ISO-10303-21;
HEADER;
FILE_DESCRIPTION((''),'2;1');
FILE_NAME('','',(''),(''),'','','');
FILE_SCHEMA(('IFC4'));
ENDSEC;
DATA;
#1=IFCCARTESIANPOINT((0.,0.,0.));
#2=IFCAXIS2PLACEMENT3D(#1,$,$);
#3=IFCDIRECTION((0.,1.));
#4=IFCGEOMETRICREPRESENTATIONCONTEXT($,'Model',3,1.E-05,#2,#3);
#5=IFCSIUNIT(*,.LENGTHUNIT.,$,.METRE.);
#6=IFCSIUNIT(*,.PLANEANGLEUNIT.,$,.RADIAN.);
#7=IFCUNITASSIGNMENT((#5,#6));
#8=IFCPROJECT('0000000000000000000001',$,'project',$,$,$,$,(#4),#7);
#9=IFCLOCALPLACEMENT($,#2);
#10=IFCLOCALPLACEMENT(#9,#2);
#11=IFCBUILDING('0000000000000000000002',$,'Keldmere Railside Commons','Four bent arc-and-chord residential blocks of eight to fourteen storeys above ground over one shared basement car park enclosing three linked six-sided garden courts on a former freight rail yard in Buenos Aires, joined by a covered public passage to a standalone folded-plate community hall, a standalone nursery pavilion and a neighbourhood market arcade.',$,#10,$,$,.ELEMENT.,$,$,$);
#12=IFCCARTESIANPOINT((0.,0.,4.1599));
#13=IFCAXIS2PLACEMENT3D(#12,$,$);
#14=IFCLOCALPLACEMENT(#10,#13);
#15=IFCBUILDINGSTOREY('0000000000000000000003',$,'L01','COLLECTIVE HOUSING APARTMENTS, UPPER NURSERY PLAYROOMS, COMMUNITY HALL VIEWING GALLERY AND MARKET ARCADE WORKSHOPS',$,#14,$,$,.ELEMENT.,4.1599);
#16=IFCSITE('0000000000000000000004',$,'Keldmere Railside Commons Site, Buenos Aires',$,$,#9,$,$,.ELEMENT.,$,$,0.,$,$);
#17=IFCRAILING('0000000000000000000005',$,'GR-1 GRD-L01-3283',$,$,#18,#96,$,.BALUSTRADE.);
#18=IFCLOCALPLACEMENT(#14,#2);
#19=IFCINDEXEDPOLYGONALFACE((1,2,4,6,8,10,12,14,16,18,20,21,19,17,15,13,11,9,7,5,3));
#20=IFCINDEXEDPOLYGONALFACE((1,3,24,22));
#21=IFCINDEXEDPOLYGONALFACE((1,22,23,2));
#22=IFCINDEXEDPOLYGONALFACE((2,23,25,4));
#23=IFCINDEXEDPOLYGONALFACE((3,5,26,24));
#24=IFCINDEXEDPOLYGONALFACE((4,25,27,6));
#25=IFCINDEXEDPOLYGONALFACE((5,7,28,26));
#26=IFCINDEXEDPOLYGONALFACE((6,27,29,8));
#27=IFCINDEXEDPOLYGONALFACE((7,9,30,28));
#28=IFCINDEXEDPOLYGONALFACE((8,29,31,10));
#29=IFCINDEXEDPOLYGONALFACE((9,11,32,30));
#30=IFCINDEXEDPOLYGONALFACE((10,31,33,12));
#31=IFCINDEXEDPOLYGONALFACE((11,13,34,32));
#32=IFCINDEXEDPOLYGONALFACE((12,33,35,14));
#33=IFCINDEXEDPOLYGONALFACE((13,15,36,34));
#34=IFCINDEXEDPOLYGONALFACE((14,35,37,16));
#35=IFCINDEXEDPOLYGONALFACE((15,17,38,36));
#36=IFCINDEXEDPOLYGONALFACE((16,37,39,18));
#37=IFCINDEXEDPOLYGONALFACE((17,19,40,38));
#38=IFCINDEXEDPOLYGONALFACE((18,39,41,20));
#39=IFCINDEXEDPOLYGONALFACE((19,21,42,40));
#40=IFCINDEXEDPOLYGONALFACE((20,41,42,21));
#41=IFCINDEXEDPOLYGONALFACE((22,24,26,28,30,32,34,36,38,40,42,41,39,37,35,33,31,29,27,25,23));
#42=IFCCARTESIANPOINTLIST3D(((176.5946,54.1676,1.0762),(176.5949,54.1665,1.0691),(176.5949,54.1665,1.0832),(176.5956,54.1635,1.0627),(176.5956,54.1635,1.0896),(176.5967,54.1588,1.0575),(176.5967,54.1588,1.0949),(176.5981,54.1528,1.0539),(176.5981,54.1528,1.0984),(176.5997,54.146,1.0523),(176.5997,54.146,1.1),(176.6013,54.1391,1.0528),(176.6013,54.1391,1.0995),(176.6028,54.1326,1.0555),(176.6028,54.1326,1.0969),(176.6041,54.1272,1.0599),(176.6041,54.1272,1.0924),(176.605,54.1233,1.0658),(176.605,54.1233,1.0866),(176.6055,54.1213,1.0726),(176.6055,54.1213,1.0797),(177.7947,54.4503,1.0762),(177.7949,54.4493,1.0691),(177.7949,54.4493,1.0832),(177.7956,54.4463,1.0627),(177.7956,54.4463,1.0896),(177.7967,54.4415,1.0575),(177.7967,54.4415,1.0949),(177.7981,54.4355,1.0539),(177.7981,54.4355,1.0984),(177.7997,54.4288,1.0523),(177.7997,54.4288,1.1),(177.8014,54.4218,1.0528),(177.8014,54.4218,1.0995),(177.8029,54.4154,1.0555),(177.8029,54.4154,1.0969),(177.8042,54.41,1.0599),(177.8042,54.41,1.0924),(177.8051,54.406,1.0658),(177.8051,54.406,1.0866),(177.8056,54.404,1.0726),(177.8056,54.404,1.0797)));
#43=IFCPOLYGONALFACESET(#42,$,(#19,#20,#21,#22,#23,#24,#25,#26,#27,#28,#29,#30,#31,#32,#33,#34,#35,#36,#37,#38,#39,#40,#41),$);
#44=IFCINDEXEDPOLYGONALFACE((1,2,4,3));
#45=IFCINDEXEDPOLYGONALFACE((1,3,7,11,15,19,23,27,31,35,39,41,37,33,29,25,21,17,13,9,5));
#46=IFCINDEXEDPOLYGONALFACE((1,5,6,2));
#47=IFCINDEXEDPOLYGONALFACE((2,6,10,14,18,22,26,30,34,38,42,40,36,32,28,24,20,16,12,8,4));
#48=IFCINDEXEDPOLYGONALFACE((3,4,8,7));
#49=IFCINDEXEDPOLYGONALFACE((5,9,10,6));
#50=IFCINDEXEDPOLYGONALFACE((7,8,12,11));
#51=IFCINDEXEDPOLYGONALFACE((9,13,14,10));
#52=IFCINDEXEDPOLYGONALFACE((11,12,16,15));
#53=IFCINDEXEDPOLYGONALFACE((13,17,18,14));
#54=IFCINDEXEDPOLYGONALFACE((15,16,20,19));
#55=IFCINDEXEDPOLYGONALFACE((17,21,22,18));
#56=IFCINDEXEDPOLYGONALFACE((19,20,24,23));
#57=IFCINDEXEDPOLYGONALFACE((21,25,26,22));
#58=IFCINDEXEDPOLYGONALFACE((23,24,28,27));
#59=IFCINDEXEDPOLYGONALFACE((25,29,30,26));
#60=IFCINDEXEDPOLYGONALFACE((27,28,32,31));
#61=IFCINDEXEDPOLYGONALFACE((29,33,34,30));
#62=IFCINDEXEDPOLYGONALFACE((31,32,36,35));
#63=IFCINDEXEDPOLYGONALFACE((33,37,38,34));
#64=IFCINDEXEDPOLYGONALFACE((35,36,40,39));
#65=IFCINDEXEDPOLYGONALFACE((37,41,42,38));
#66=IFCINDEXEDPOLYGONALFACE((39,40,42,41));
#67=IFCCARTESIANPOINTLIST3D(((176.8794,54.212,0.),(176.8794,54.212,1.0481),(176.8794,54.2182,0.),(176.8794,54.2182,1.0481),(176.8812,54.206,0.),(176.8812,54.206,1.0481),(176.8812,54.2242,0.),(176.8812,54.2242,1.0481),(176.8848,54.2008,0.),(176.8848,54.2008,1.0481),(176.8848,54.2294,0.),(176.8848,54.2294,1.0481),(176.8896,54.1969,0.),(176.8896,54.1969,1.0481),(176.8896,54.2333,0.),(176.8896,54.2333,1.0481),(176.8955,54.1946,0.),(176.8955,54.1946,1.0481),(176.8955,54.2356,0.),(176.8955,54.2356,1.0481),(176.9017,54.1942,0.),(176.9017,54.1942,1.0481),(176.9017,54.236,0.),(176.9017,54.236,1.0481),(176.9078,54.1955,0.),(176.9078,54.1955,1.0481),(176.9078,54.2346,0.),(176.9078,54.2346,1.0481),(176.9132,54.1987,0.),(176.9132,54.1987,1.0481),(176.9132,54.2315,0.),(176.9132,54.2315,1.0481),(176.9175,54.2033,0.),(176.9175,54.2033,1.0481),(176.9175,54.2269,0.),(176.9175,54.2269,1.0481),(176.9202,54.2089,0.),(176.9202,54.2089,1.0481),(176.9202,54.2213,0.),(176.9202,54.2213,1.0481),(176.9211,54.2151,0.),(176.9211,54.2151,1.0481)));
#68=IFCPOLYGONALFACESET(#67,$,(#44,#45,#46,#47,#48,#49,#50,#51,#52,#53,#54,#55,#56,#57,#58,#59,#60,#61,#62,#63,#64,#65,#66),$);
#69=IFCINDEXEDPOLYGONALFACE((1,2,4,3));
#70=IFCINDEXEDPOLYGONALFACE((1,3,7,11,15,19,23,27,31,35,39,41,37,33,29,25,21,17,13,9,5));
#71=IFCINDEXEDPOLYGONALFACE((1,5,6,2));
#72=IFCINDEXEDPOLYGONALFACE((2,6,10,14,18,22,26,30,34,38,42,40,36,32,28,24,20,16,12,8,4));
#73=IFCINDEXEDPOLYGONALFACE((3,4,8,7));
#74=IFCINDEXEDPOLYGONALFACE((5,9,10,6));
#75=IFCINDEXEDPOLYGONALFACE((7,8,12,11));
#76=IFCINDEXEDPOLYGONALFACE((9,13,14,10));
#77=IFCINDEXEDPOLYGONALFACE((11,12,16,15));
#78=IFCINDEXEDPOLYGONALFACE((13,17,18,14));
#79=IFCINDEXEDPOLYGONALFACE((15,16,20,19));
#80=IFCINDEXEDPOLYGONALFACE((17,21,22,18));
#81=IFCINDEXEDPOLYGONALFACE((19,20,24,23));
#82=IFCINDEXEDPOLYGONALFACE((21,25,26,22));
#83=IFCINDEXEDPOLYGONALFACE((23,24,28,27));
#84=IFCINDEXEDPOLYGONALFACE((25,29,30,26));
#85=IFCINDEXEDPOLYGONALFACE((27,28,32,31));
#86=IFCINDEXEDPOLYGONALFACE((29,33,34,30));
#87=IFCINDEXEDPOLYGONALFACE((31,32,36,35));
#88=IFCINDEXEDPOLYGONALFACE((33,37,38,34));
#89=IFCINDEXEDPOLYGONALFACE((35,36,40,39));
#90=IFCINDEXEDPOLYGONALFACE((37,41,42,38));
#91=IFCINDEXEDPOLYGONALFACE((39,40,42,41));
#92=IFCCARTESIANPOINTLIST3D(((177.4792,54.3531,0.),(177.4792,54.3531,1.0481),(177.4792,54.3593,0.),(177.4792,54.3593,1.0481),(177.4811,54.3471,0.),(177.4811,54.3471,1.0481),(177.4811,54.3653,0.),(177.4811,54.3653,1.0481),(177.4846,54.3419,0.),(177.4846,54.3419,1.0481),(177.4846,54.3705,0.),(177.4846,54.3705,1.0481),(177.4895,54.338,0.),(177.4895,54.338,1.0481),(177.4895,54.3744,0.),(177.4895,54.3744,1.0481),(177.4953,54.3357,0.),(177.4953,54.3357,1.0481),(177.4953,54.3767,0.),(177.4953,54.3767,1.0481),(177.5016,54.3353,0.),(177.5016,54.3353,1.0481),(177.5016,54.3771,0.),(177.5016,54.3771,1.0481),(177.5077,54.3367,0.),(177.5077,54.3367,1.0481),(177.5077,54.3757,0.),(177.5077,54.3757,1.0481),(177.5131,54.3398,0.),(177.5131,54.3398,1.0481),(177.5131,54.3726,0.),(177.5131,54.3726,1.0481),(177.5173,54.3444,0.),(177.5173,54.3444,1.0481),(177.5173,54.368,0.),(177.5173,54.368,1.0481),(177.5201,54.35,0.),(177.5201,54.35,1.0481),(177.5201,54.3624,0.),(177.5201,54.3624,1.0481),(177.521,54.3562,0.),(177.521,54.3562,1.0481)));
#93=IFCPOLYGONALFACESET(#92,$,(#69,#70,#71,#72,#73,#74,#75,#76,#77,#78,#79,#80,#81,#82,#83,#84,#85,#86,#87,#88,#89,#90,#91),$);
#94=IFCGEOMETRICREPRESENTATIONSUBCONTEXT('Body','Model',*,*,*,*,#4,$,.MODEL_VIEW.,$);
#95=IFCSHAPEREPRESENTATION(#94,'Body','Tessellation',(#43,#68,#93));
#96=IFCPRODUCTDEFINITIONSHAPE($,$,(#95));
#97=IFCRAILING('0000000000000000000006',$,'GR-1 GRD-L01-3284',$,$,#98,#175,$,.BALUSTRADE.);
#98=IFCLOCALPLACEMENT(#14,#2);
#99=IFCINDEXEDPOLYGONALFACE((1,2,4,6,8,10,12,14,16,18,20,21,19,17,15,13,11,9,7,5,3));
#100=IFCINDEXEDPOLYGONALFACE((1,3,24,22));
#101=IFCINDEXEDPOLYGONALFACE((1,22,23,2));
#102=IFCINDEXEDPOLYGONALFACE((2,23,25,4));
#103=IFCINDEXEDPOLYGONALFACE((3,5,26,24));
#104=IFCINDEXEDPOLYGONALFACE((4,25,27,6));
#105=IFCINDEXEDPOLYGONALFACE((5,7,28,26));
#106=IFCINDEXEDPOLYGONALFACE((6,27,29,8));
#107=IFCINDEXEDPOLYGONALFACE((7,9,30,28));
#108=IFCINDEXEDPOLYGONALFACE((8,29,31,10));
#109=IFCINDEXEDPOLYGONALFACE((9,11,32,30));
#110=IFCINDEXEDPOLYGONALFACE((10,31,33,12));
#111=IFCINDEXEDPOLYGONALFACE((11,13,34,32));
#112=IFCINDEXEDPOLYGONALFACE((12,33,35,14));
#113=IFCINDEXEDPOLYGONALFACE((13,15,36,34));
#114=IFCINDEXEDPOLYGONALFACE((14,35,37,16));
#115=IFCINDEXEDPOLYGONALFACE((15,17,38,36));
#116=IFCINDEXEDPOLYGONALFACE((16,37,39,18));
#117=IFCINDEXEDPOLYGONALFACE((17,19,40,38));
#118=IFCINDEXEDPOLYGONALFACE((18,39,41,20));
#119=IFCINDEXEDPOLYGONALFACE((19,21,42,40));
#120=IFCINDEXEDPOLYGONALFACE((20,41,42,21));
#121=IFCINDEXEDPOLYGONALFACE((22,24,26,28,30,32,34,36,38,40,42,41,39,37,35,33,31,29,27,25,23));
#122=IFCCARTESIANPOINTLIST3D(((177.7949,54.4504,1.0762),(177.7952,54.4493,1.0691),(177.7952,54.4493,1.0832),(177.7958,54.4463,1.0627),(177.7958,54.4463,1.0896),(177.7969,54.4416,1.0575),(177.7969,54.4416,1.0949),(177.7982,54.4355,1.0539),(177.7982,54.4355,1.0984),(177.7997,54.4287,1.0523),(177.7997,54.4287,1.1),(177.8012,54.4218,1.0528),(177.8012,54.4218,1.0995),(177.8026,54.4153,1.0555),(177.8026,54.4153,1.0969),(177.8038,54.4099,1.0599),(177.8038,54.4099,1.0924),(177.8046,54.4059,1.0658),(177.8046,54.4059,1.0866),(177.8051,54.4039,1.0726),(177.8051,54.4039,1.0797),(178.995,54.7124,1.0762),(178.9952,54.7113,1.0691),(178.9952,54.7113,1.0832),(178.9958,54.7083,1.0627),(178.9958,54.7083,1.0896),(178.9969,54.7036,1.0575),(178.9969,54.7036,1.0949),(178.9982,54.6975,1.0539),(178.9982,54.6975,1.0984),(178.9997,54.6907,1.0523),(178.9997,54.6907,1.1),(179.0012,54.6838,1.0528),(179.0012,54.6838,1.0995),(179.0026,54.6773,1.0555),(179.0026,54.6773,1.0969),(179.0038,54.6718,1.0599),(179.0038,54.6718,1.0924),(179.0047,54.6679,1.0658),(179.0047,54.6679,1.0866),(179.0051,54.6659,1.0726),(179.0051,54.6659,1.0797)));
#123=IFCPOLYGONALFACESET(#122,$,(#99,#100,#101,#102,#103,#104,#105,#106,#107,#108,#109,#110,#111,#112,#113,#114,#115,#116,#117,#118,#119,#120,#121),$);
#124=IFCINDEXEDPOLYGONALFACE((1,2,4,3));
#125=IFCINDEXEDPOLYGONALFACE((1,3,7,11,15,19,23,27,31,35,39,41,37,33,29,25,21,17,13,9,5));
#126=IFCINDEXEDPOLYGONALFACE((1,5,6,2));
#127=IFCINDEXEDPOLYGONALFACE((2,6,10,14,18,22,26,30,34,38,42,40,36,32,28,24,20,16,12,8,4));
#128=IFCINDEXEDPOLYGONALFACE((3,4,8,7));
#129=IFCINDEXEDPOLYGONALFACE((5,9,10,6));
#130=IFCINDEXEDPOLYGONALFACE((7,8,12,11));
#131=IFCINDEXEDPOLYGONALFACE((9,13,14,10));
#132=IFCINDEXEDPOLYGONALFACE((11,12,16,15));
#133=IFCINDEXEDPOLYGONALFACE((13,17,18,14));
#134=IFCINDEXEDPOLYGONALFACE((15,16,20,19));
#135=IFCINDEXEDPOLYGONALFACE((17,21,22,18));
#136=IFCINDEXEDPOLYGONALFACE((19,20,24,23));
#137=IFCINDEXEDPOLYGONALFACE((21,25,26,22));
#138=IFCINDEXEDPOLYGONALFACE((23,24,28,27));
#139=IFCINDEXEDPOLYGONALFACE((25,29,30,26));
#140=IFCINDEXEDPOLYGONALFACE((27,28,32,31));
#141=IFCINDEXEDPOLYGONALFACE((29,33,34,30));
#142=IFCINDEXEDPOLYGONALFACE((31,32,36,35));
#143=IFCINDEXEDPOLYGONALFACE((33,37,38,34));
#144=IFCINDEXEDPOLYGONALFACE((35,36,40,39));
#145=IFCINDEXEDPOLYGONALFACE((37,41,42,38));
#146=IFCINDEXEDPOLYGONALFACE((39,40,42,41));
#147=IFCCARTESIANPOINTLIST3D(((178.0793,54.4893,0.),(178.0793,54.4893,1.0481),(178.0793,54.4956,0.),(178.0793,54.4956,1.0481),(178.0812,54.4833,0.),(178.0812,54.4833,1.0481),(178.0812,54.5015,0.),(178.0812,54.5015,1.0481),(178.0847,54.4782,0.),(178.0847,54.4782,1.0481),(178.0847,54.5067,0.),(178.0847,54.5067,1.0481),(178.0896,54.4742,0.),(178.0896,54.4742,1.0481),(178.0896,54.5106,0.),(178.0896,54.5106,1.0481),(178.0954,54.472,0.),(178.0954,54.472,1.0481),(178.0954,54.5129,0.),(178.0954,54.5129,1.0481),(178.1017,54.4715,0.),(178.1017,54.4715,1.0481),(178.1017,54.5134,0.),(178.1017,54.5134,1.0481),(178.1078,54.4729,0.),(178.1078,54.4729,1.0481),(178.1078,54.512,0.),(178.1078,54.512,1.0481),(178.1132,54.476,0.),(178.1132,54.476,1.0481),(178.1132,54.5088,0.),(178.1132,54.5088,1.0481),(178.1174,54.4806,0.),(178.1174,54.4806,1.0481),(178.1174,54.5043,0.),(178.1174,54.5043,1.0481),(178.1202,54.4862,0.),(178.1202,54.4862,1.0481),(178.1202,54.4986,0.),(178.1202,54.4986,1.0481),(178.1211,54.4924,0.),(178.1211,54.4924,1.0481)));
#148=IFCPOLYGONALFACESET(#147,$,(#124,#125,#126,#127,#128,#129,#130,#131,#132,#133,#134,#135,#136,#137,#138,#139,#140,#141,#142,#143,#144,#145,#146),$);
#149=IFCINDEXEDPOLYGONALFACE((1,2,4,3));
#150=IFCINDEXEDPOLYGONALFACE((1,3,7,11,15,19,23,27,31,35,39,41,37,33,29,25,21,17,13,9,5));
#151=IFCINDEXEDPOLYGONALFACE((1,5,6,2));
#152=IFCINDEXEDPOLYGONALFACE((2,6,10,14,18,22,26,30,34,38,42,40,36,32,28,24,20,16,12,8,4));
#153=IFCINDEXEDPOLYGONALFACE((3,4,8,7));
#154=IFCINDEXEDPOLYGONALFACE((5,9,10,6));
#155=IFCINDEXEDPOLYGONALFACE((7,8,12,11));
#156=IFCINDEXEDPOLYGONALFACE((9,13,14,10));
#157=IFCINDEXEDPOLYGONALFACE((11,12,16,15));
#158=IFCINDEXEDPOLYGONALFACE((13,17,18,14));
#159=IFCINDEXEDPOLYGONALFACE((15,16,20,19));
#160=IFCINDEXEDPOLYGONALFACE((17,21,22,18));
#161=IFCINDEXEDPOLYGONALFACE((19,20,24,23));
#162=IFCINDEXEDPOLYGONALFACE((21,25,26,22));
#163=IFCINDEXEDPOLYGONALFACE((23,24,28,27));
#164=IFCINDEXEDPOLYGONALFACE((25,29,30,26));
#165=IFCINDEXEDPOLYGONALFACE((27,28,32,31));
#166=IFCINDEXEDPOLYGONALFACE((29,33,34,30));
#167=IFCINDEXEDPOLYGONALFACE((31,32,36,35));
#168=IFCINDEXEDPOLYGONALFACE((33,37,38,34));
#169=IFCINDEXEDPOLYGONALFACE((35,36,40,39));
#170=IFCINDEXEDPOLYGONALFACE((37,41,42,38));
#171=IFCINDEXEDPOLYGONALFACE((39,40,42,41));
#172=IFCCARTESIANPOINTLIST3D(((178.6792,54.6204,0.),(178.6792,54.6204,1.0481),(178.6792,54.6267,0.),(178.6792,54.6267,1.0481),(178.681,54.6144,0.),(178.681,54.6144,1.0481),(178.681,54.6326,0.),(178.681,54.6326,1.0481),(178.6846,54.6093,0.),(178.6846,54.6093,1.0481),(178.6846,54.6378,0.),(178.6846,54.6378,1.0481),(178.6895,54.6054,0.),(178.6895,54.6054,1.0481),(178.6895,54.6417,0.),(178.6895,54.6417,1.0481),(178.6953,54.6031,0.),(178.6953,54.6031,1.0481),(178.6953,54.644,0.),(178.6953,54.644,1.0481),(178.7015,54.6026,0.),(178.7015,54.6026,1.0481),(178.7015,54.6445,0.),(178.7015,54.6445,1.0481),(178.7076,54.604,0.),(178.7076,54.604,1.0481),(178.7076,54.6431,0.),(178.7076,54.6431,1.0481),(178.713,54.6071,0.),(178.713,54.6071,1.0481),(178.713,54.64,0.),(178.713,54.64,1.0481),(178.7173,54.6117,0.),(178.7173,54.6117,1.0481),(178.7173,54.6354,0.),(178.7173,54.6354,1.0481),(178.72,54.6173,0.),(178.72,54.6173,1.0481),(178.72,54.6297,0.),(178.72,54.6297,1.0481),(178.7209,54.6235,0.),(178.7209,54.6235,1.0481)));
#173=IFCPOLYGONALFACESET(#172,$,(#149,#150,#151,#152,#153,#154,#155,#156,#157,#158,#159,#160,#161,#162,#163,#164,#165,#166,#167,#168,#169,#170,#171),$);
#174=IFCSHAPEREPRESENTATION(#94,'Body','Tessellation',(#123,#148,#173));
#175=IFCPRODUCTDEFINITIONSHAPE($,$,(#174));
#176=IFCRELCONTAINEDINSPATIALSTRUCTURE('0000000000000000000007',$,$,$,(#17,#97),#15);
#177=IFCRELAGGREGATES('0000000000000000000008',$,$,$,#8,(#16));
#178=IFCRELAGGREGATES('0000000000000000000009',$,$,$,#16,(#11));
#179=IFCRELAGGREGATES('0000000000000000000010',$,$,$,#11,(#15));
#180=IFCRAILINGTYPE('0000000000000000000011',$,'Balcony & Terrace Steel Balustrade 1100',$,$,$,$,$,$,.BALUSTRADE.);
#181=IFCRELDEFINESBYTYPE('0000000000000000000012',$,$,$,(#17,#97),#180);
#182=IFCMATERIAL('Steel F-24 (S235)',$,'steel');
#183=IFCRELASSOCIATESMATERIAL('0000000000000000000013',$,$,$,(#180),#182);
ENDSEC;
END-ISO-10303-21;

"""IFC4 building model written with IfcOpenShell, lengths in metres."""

from ifc_helpers import new_model, si_unit, direction, frame, origin, origin_2d, place, context, subcontext, project, spatial, circle, extrude, material, type_object, element, save


model = new_model("IFC4")

# Units and contexts
model_context = context("Model", 3, precision=1e-05, world=origin(), true_north=direction((0.0, 1.0)))
body_context = subcontext(model_context, "Body", "Model", "MODEL_VIEW")
ifc_project = project(units=[si_unit("LENGTHUNIT", "METRE"), si_unit("PLANEANGLEUNIT", "RADIAN")], contexts=[model_context])

# Site, building, storey
site_placement = place(None, origin())
site = spatial("IfcSite", under=ifc_project, at=site_placement, Name="Keldmere Railside Commons Site, Buenos Aires", CompositionType="ELEMENT", RefElevation=0.0)
building_placement = place(site_placement, origin())
building = spatial("IfcBuilding", under=site, at=building_placement, Name="Keldmere Railside Commons", Description="Four bent arc-and-chord residential blocks of eight to fourteen storeys above ground over one shared basement car park enclosing three linked six-sided garden courts on a former freight rail yard in Buenos Aires, joined by a covered public passage to a standalone folded-plate community hall, a standalone nursery pavilion and a neighbourhood market arcade.", CompositionType="ELEMENT")
storey_placement = place(building_placement, frame((0.0, 0.0, 4.1599)))
storey = spatial("IfcBuildingStorey", under=building, at=storey_placement, Name="L01", Description="COLLECTIVE HOUSING APARTMENTS, UPPER NURSERY PLAYROOMS, COMMUNITY HALL VIEWING GALLERY AND MARKET ARCADE WORKSHOPS", CompositionType="ELEMENT", Elevation=4.1599)

# Railings
ifc_material_1 = material(Name="Steel F-24 (S235)", Category="steel")
railing_type = type_object("IfcRailingType", Name="Balcony & Terrace Steel Balustrade 1100", PredefinedType="BALUSTRADE", material=ifc_material_1)
railing_1_placement = place(storey_placement, frame((176.6001, 54.1443, 0.0)))
element("IfcRailing", 1, at=railing_1_placement, inside=storey, type_object=railing_type, Name="GR-1 GRD-L01-3283", PredefinedType="BALUSTRADE", context=body_context, shape_type="SweptSolid", body=[
    extrude(circle(Radius=0.0239, at=origin_2d()), frame((0.0, 0.0, 1.0762), z_axis=(0.97335, 0.229326, 0.0), x_axis=(-0.229326, 0.97335, 0.0)), (0.0, 0.0, 1.0), 1.2329),
    extrude(circle(Radius=0.021, at=origin_2d()), frame((0.3, 0.0708, 0.0)), (0.0, 0.0, 1.0), 1.0481),
    extrude(circle(Radius=0.021, at=origin_2d()), frame((0.8999, 0.2119, 0.0)), (0.0, 0.0, 1.0), 1.0481),
])
railing_2_placement = place(storey_placement, frame((177.8, 54.427, 0.0)))
element("IfcRailing", 2, at=railing_2_placement, inside=storey, type_object=railing_type, Name="GR-1 GRD-L01-3284", PredefinedType="BALUSTRADE", context=body_context, shape_type="SweptSolid", body=[
    extrude(circle(Radius=0.0239, at=origin_2d()), frame((0.0, 0.0, 1.0762), z_axis=(0.976989, 0.213288, 0.0), x_axis=(-0.213288, 0.976989, 0.0)), (0.0, 0.0, 1.0), 1.2283),
    extrude(circle(Radius=0.021, at=origin_2d()), frame((0.3, 0.0654, 0.0)), (0.0, 0.0, 1.0), 1.0481),
    extrude(circle(Radius=0.021, at=origin_2d()), frame((0.8999, 0.1965, 0.0)), (0.0, 0.0, 1.0), 1.0481),
])

save(model, "model.ifc")
